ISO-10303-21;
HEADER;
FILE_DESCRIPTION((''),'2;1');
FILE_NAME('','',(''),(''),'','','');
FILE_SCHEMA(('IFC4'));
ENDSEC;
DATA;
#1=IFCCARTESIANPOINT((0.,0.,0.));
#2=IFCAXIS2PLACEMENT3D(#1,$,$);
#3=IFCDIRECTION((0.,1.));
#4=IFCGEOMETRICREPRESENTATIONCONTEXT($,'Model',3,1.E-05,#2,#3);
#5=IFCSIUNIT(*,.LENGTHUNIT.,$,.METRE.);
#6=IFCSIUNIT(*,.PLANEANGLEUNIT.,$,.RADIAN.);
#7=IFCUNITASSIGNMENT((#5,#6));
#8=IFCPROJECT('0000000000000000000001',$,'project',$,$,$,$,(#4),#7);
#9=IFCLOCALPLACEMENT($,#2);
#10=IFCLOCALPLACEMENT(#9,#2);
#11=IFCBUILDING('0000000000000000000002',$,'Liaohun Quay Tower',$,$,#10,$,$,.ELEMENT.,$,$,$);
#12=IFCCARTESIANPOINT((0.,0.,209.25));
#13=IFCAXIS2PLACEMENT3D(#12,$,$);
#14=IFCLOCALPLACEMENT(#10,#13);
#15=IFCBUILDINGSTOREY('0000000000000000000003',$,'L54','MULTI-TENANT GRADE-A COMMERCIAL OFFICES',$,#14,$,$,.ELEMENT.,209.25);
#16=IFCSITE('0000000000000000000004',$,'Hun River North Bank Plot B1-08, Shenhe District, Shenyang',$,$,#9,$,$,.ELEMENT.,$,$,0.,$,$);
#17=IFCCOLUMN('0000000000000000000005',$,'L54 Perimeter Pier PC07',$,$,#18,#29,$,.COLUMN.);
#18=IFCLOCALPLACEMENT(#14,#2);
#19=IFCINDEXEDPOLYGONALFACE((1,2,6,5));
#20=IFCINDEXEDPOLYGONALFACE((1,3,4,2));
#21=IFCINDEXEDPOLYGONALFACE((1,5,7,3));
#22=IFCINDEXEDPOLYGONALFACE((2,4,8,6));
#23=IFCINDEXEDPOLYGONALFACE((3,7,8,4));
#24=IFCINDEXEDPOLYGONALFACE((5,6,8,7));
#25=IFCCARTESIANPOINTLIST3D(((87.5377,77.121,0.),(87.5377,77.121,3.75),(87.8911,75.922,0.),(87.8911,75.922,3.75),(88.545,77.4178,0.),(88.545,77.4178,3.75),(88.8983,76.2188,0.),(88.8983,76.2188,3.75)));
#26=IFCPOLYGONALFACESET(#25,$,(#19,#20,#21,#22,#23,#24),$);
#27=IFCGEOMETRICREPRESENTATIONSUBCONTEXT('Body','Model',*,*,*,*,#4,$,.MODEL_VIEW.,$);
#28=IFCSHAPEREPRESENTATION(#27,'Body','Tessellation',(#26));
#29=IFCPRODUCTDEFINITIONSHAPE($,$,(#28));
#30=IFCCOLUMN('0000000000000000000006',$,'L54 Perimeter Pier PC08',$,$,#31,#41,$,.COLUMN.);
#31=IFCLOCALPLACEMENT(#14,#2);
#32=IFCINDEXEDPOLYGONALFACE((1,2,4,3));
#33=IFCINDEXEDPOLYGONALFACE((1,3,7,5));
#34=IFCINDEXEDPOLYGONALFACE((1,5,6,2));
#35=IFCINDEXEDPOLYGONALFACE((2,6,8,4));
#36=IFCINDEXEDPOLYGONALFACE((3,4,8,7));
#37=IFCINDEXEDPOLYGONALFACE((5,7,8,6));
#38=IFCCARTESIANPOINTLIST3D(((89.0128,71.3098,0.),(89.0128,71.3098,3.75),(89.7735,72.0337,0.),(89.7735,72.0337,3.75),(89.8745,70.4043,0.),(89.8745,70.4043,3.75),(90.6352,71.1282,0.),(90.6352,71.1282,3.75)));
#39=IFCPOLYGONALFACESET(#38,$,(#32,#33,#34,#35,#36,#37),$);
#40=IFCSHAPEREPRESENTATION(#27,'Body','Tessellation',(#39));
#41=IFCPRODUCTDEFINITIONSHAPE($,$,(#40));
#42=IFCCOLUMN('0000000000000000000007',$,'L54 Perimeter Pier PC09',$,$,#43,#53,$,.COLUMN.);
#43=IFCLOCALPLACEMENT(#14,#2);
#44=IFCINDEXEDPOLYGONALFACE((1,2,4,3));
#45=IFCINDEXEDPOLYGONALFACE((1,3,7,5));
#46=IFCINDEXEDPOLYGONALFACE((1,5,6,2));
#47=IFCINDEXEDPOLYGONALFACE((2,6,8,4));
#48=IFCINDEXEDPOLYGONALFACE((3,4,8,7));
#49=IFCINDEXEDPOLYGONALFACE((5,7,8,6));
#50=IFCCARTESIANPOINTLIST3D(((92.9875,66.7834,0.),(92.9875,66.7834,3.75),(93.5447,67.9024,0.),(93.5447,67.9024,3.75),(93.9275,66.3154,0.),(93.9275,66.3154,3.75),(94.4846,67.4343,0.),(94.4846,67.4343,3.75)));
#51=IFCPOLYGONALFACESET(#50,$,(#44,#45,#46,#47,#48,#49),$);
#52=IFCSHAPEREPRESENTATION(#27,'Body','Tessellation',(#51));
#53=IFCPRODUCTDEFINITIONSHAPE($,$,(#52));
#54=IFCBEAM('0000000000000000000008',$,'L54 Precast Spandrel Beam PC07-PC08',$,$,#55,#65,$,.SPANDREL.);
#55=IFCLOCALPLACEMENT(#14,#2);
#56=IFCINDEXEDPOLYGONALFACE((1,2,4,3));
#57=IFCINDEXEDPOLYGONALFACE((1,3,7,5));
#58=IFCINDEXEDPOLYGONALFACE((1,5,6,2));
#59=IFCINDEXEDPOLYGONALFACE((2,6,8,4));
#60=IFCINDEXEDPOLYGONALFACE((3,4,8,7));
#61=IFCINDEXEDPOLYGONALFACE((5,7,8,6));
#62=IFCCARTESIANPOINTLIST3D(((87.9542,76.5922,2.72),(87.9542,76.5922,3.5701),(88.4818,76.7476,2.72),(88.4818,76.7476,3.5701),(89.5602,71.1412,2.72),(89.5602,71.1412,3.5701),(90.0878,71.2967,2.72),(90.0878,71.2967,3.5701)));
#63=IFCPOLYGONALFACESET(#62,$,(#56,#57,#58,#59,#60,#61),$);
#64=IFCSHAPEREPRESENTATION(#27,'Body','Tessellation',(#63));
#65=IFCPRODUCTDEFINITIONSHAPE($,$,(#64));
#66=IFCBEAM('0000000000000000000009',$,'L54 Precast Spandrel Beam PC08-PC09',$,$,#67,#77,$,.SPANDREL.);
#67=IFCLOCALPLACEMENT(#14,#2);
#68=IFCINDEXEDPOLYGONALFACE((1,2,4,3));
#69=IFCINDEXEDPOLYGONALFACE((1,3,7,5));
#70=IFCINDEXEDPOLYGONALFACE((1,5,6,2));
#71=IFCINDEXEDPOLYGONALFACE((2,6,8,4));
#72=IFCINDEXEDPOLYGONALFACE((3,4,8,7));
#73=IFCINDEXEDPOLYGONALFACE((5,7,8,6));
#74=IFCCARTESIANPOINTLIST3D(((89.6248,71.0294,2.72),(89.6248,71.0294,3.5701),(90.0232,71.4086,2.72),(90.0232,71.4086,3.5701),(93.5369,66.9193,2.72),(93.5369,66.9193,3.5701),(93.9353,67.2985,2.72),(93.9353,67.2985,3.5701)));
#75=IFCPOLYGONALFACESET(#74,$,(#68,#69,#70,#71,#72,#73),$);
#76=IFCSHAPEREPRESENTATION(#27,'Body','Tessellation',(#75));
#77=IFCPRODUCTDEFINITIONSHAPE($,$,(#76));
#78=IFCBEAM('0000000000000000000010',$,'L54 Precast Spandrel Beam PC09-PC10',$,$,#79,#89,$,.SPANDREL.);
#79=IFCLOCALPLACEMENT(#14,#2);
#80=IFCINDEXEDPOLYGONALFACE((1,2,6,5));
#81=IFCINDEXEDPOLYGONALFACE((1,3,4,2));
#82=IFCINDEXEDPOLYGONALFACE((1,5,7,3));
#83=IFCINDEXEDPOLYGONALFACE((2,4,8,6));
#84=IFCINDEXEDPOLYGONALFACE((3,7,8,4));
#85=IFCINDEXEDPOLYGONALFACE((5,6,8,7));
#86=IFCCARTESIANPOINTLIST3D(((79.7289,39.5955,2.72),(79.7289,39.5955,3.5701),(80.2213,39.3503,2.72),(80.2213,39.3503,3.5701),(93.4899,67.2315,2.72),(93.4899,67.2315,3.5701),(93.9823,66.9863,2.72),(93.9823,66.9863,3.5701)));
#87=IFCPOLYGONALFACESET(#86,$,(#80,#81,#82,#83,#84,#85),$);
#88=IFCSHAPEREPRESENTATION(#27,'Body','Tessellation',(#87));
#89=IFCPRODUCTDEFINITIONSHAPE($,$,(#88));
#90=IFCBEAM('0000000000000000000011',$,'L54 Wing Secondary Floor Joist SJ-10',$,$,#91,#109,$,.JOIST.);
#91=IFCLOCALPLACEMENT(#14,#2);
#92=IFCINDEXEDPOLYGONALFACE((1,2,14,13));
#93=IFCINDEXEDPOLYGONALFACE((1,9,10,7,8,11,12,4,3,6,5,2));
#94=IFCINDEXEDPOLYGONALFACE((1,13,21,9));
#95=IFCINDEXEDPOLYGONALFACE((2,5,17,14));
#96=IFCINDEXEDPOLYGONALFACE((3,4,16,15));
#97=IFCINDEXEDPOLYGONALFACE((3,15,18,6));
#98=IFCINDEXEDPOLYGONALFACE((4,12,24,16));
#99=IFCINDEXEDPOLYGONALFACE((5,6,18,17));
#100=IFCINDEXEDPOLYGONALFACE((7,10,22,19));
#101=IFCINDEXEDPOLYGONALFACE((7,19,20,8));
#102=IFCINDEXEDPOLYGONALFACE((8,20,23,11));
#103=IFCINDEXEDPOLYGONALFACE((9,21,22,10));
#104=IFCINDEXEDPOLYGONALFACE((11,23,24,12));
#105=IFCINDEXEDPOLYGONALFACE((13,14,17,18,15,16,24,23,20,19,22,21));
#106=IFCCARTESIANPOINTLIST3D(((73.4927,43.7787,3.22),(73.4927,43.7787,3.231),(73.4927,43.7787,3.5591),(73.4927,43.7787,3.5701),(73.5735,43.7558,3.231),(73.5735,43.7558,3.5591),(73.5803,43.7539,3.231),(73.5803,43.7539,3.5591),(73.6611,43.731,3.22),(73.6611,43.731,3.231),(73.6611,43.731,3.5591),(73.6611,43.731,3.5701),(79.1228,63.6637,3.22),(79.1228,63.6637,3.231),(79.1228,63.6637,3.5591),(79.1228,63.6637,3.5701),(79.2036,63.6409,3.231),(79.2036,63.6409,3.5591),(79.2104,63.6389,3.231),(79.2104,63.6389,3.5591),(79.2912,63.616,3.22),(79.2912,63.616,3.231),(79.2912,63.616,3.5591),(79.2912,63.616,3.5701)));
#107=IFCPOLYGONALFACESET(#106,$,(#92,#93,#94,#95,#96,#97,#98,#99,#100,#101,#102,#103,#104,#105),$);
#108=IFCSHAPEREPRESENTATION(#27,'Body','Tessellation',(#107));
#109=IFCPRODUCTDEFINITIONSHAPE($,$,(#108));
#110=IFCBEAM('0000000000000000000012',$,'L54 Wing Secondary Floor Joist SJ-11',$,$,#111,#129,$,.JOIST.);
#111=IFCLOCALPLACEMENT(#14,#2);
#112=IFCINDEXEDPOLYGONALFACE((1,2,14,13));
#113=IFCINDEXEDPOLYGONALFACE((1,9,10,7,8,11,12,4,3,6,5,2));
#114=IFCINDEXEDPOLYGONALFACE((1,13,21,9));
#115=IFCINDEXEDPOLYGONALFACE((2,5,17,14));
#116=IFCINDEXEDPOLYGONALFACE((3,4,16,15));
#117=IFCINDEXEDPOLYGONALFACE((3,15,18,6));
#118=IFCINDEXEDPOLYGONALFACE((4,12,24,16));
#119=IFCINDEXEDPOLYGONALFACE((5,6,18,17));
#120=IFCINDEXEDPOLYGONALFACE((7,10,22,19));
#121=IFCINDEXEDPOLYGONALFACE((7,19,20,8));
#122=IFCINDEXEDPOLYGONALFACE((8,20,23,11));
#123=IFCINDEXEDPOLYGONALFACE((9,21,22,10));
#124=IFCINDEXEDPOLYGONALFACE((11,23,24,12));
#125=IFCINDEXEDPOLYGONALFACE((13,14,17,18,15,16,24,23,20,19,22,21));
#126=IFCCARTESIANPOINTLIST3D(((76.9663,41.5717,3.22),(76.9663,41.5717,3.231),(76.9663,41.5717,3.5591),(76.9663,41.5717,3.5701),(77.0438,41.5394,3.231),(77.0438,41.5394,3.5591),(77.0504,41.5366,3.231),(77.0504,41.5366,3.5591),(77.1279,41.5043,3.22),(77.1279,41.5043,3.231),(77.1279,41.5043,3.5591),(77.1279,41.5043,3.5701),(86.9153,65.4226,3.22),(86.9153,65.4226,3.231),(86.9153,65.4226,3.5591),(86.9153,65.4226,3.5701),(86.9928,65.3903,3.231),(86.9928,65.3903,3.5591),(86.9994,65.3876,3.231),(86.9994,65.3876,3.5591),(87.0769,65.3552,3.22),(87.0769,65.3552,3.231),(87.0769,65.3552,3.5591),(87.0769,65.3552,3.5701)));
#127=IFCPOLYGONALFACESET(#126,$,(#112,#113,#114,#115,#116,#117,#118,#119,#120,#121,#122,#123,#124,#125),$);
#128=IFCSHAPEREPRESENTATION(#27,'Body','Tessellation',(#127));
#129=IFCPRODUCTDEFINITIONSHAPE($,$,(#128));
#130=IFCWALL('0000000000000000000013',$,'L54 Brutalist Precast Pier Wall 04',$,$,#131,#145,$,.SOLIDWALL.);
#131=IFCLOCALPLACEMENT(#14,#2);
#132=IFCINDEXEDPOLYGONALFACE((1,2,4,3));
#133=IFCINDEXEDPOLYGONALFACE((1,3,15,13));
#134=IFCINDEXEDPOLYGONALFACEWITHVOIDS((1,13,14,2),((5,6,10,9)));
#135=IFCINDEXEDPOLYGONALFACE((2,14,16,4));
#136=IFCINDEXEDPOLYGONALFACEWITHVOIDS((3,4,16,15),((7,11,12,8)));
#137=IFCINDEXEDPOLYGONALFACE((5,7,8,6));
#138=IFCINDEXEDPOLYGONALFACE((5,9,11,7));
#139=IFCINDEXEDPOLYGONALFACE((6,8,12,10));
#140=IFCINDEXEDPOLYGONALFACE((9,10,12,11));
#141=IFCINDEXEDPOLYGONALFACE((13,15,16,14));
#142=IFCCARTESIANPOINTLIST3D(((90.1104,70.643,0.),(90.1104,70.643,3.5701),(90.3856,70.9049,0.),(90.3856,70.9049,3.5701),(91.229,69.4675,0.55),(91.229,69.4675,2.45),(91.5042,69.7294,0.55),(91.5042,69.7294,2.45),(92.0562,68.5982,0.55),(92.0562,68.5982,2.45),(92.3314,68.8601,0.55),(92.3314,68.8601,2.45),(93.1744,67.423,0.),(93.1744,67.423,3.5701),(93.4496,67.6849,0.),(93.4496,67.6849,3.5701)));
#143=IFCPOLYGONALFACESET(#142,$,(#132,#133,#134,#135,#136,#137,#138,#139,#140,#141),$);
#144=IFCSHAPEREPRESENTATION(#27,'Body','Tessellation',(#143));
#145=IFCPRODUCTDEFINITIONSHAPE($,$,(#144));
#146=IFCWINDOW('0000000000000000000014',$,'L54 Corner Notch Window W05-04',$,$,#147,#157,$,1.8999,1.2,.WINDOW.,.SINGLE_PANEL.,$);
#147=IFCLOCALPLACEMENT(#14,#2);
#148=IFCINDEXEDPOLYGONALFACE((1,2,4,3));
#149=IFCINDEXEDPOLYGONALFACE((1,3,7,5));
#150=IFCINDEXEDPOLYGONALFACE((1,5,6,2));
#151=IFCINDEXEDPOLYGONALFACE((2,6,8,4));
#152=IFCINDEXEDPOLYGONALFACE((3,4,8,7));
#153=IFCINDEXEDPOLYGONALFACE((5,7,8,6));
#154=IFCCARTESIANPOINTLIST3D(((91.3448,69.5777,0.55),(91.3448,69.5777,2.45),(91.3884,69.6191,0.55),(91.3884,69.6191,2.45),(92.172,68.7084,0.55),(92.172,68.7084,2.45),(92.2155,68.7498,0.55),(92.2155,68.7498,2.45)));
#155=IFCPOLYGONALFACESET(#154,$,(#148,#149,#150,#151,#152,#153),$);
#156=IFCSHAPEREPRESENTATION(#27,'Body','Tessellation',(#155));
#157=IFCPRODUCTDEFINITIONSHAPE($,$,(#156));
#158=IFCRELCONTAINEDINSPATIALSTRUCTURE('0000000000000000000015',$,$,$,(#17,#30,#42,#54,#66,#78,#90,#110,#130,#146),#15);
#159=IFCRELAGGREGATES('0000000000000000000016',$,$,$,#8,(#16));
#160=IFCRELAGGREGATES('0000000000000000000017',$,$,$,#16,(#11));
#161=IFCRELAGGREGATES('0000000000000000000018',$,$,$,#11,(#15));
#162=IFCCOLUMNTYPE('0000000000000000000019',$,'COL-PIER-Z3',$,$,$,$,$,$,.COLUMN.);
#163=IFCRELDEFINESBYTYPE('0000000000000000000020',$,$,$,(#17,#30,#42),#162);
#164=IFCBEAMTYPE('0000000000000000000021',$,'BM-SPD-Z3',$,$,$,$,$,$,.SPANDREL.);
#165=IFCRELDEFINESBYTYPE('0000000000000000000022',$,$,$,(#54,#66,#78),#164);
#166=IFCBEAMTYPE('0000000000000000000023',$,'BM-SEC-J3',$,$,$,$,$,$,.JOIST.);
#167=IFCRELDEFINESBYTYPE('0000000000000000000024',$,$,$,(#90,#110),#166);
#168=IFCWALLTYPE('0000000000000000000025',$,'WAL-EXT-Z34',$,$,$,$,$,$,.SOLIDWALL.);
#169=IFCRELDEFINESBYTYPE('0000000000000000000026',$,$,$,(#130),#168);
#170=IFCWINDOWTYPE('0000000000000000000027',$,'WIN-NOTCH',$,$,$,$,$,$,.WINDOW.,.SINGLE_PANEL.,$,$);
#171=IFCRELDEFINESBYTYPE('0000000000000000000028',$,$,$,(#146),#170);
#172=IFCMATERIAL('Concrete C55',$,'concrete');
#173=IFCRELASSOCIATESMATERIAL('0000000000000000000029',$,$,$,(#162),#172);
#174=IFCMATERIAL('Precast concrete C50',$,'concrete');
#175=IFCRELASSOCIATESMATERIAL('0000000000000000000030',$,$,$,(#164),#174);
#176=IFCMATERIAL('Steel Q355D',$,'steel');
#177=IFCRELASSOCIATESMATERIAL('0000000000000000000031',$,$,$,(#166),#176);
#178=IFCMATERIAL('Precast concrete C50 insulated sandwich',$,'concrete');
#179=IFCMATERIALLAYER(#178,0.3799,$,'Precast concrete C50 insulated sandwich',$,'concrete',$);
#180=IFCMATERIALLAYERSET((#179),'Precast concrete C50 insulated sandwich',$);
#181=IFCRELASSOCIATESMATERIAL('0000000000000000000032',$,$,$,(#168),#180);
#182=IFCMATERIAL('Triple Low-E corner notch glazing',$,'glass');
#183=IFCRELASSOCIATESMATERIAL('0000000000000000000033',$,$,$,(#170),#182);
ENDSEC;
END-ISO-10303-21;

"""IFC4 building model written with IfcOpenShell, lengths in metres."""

from ifc_helpers import new_model, si_unit, direction, frame, frame_2d, origin, origin_2d, place, context, subcontext, project, spatial, rectangle, i_section, extrude, source, transform, mapped, material, layer, layer_set, material_profile, profile_set, type_object, element, fill, save


model = new_model("IFC4")

# Units and contexts
model_context = context("Model", 3, precision=1e-05, world=origin(), true_north=direction((0.0, 1.0)))
body_context = subcontext(model_context, "Body", "Model", "MODEL_VIEW")
ifc_project = project(units=[si_unit("LENGTHUNIT", "METRE"), si_unit("PLANEANGLEUNIT", "RADIAN")], contexts=[model_context])

# Site, building, storey
site_placement = place(None, origin())
site = spatial("IfcSite", under=ifc_project, at=site_placement, Name="Hun River North Bank Plot B1-08, Shenhe District, Shenyang", CompositionType="ELEMENT", RefElevation=0.0)
building_placement = place(site_placement, origin())
building = spatial("IfcBuilding", under=site, at=building_placement, Name="Liaohun Quay Tower", CompositionType="ELEMENT")
storey_placement = place(building_placement, frame((0.0, 0.0, 209.25)))
storey = spatial("IfcBuildingStorey", under=building, at=storey_placement, Name="L54", Description="MULTI-TENANT GRADE-A COMMERCIAL OFFICES", CompositionType="ELEMENT", Elevation=209.25)

# Columns
ifc_material_1 = material(Name="Concrete C55", Category="concrete")
ifc_material_profile_1 = material_profile(ifc_material_1, rectangle(XDim=1.25, YDim=1.05, at=origin_2d()), Name="RC1250x1050")
ifc_profile_set_1 = profile_set([ifc_material_profile_1], Name="Concrete C55")
column_type = type_object("IfcColumnType", Name="COL-PIER-Z3", PredefinedType="COLUMN", material=ifc_profile_set_1)
shared_shape_1 = source(origin(), body_context, "Body", "SweptSolid", [
    extrude(rectangle(XDim=1.25, YDim=1.05, at=origin_2d()), origin(), (0.0, 0.0, 1.0), 3.75),
])
for number, where, z_axis, x_axis, name in (
    (1, (88.218, 76.6699, 0.0), (0.0, 0.0, 1.0), (-0.282676, 0.959215, 0.0), "L54 Perimeter Pier PC07"),
    (2, (89.824, 71.219, 0.0), (0.0, 0.0, 1.0), (-0.689367, 0.724413, 0.0), "L54 Perimeter Pier PC08"),
    (3, (93.7361, 67.1089, 0.0), (0.0, 0.0, 1.0), (0.445729, 0.895168, 0.0), "L54 Perimeter Pier PC09"),
):
    element("IfcColumn", number, at=place(storey_placement, frame(where, z_axis=z_axis, x_axis=x_axis)), inside=storey, type_object=column_type, Name=name, PredefinedType="COLUMN", context=body_context, shape_type="MappedRepresentation", body=[
        mapped(shared_shape_1, transform((0.0, 0.0, 0.0), x_axis=(1.0, 0.0, 0.0), y_axis=(0.0, 1.0, 0.0), z_axis=(0.0, 0.0, 1.0), scale=1.0)),
    ])

# Beams
ifc_material_2 = material(Name="Precast concrete C50", Category="concrete")
ifc_material_profile_2 = material_profile(ifc_material_2, rectangle(XDim=0.55, YDim=0.8501, at=origin_2d()), Name="RC550x850")
ifc_profile_set_2 = profile_set([ifc_material_profile_2], Name="Precast concrete C50")
beam_type_1 = type_object("IfcBeamType", Name="BM-SPD-Z3", PredefinedType="SPANDREL", material=ifc_profile_set_2)
shared_shape_2 = source(origin(), body_context, "Body", "SweptSolid", [
    extrude(rectangle(XDim=0.55, YDim=0.8501, at=origin_2d()), origin(), (0.0, 0.0, 1.0), 5.6826),
])
beam_1_placement = place(storey_placement, frame((88.218, 76.6699, 3.145), z_axis=(0.282611, -0.959235, 0.0), x_axis=(0.959235, 0.282611, 0.0)))
element("IfcBeam", 4, at=beam_1_placement, inside=storey, type_object=beam_type_1, Name="L54 Precast Spandrel Beam PC07-PC08", PredefinedType="SPANDREL", context=body_context, shape_type="MappedRepresentation", body=[
    mapped(shared_shape_2, transform((0.0, 0.0, 0.0), x_axis=(1.0, 0.0, 0.0), y_axis=(0.0, 1.0, 0.0), z_axis=(0.0, 0.0, 1.0), scale=1.0)),
])
shared_shape_3 = source(origin(), body_context, "Body", "SweptSolid", [
    extrude(rectangle(XDim=0.55, YDim=0.8501, at=origin_2d()), origin(), (0.0, 0.0, 1.0), 5.6743),
])
beam_2_placement = place(storey_placement, frame((89.824, 71.219, 3.145), z_axis=(0.689445, -0.724338, 0.0), x_axis=(0.724338, 0.689445, 0.0)))
element("IfcBeam", 5, at=beam_2_placement, inside=storey, type_object=beam_type_1, Name="L54 Precast Spandrel Beam PC08-PC09", PredefinedType="SPANDREL", context=body_context, shape_type="MappedRepresentation", body=[
    mapped(shared_shape_3, transform((0.0, 0.0, 0.0), x_axis=(1.0, 0.0, 0.0), y_axis=(0.0, 1.0, 0.0), z_axis=(0.0, 0.0, 1.0), scale=1.0)),
])
shared_shape_4 = source(origin(), body_context, "Body", "SweptSolid", [
    extrude(rectangle(XDim=0.55, YDim=0.8501, at=origin_2d()), origin(), (0.0, 0.0, 1.0), 30.8726),
])
beam_3_placement = place(storey_placement, frame((93.7361, 67.1089, 3.145), z_axis=(-0.445736, -0.895165, 0.0), x_axis=(0.895165, -0.445736, 0.0)))
element("IfcBeam", 6, at=beam_3_placement, inside=storey, type_object=beam_type_1, Name="L54 Precast Spandrel Beam PC09-PC10", PredefinedType="SPANDREL", context=body_context, shape_type="MappedRepresentation", body=[
    mapped(shared_shape_4, transform((0.0, 0.0, 0.0), x_axis=(1.0, 0.0, 0.0), y_axis=(0.0, 1.0, 0.0), z_axis=(0.0, 0.0, 1.0), scale=1.0)),
])
ifc_material_3 = material(Name="Steel Q355D", Category="steel")
ifc_material_profile_3 = material_profile(ifc_material_3, i_section(OverallWidth=0.175, OverallDepth=0.3501, WebThickness=0.0071, FlangeThickness=0.011, at=origin_2d()), Name="HN350x175x7x11")
ifc_profile_set_3 = profile_set([ifc_material_profile_3], Name="Steel Q355D")
beam_type_2 = type_object("IfcBeamType", Name="BM-SEC-J3", PredefinedType="JOIST", material=ifc_profile_set_3)
shared_shape_5 = source(origin(), body_context, "Body", "SweptSolid", [
    extrude(i_section(OverallWidth=0.175, OverallDepth=0.3501, WebThickness=0.0071, FlangeThickness=0.011, at=origin_2d()), origin(), (0.0, 0.0, 1.0), 20.6667),
])
beam_4_placement = place(storey_placement, frame((79.207, 63.6399, 3.395), z_axis=(-0.272425, -0.962177, 0.0), x_axis=(0.962177, -0.272425, 0.0)))
element("IfcBeam", 7, at=beam_4_placement, inside=storey, type_object=beam_type_2, Name="L54 Wing Secondary Floor Joist SJ-10", PredefinedType="JOIST", context=body_context, shape_type="MappedRepresentation", body=[
    mapped(shared_shape_5, transform((0.0, 0.0, 0.0), x_axis=(1.0, 0.0, 0.0), y_axis=(0.0, 1.0, 0.0), z_axis=(0.0, 0.0, 1.0), scale=1.0)),
])
shared_shape_6 = source(origin(), body_context, "Body", "SweptSolid", [
    extrude(i_section(OverallWidth=0.175, OverallDepth=0.3501, WebThickness=0.0071, FlangeThickness=0.011, at=origin_2d()), origin(), (0.0, 0.0, 1.0), 25.8428),
])
beam_5_placement = place(storey_placement, frame((86.9961, 65.3889, 3.395), z_axis=(-0.384982, -0.922924, 0.0), x_axis=(0.922924, -0.384982, 0.0)))
element("IfcBeam", 8, at=beam_5_placement, inside=storey, type_object=beam_type_2, Name="L54 Wing Secondary Floor Joist SJ-11", PredefinedType="JOIST", context=body_context, shape_type="MappedRepresentation", body=[
    mapped(shared_shape_6, transform((0.0, 0.0, 0.0), x_axis=(1.0, 0.0, 0.0), y_axis=(0.0, 1.0, 0.0), z_axis=(0.0, 0.0, 1.0), scale=1.0)),
])

# Wall, opening, window
ifc_material_4 = material(Name="Precast concrete C50 insulated sandwich", Category="concrete")
ifc_layer_1 = layer(ifc_material_4, 0.3799, Name="Precast concrete C50 insulated sandwich", Category="concrete")
ifc_layer_set_1 = layer_set([ifc_layer_1], Name="Precast concrete C50 insulated sandwich")
wall_type_1 = type_object("IfcWallType", Name="WAL-EXT-Z34", PredefinedType="SOLIDWALL", material=ifc_layer_set_1)
wall_1_placement = place(storey_placement, frame((93.312, 67.554, 0.0), z_axis=(0.0, 0.0, 1.0), x_axis=(-0.68934, 0.724438, 0.0)))
wall_1 = element("IfcWall", 9, at=wall_1_placement, inside=storey, type_object=wall_type_1, Name="L54 Brutalist Precast Pier Wall 04", PredefinedType="SOLIDWALL", context=body_context, shape_type="SweptSolid", body=[
    extrude(rectangle(XDim=4.4448, YDim=0.3799, at=frame_2d((2.2224, 0.0))), origin(), (0.0, 0.0, 1.0), 3.5701),
])
shared_shape_7 = source(origin(), body_context, "Body", "SweptSolid", [
    extrude(rectangle(XDim=1.2, YDim=1.8999, at=frame_2d((0.6001, 0.95))), frame((0.0, 0.2, 0.0), z_axis=(0.0, -1.0, 0.0), x_axis=(1.0, 0.0, 0.0)), (0.0, 0.0, 1.0), 0.3999),
])
opening_1_placement = place(wall_1_placement, frame((1.6221, 0.0, 0.55)))
opening_1 = element("IfcOpeningElement", 10, at=opening_1_placement, cuts=wall_1, PredefinedType="OPENING", context=body_context, shape_type="MappedRepresentation", body=[
    mapped(shared_shape_7, transform((0.0, 0.0, 0.0), x_axis=(1.0, 0.0, 0.0), y_axis=(0.0, 1.0, 0.0), z_axis=(0.0, 0.0, 1.0), scale=1.0)),
])
ifc_material_5 = material(Name="Triple Low-E corner notch glazing", Category="glass")
window_type_1 = type_object("IfcWindowType", Name="WIN-NOTCH", PartitioningType="SINGLE_PANEL", PredefinedType="WINDOW", material=ifc_material_5)
shared_shape_8 = source(origin(), body_context, "Body", "SweptSolid", [
    extrude(rectangle(XDim=1.2, YDim=1.8999, at=frame_2d((0.6001, 0.95))), frame((0.0, 0.03, 0.0), z_axis=(0.0, -1.0, 0.0), x_axis=(1.0, 0.0, 0.0)), (0.0, 0.0, 1.0), 0.0601),
])
window_1_placement = place(opening_1_placement, origin())
window_1 = element("IfcWindow", 11, at=window_1_placement, inside=storey, type_object=window_type_1, Name="L54 Corner Notch Window W05-04", OverallHeight=1.8999, OverallWidth=1.2, PartitioningType="SINGLE_PANEL", PredefinedType="WINDOW", context=body_context, shape_type="MappedRepresentation", body=[
    mapped(shared_shape_8, transform((0.0, 0.0, 0.0), x_axis=(1.0, 0.0, 0.0), y_axis=(0.0, 1.0, 0.0), z_axis=(0.0, 0.0, 1.0), scale=1.0)),
])
fill(opening_1, window_1)

save(model, "model.ifc")
